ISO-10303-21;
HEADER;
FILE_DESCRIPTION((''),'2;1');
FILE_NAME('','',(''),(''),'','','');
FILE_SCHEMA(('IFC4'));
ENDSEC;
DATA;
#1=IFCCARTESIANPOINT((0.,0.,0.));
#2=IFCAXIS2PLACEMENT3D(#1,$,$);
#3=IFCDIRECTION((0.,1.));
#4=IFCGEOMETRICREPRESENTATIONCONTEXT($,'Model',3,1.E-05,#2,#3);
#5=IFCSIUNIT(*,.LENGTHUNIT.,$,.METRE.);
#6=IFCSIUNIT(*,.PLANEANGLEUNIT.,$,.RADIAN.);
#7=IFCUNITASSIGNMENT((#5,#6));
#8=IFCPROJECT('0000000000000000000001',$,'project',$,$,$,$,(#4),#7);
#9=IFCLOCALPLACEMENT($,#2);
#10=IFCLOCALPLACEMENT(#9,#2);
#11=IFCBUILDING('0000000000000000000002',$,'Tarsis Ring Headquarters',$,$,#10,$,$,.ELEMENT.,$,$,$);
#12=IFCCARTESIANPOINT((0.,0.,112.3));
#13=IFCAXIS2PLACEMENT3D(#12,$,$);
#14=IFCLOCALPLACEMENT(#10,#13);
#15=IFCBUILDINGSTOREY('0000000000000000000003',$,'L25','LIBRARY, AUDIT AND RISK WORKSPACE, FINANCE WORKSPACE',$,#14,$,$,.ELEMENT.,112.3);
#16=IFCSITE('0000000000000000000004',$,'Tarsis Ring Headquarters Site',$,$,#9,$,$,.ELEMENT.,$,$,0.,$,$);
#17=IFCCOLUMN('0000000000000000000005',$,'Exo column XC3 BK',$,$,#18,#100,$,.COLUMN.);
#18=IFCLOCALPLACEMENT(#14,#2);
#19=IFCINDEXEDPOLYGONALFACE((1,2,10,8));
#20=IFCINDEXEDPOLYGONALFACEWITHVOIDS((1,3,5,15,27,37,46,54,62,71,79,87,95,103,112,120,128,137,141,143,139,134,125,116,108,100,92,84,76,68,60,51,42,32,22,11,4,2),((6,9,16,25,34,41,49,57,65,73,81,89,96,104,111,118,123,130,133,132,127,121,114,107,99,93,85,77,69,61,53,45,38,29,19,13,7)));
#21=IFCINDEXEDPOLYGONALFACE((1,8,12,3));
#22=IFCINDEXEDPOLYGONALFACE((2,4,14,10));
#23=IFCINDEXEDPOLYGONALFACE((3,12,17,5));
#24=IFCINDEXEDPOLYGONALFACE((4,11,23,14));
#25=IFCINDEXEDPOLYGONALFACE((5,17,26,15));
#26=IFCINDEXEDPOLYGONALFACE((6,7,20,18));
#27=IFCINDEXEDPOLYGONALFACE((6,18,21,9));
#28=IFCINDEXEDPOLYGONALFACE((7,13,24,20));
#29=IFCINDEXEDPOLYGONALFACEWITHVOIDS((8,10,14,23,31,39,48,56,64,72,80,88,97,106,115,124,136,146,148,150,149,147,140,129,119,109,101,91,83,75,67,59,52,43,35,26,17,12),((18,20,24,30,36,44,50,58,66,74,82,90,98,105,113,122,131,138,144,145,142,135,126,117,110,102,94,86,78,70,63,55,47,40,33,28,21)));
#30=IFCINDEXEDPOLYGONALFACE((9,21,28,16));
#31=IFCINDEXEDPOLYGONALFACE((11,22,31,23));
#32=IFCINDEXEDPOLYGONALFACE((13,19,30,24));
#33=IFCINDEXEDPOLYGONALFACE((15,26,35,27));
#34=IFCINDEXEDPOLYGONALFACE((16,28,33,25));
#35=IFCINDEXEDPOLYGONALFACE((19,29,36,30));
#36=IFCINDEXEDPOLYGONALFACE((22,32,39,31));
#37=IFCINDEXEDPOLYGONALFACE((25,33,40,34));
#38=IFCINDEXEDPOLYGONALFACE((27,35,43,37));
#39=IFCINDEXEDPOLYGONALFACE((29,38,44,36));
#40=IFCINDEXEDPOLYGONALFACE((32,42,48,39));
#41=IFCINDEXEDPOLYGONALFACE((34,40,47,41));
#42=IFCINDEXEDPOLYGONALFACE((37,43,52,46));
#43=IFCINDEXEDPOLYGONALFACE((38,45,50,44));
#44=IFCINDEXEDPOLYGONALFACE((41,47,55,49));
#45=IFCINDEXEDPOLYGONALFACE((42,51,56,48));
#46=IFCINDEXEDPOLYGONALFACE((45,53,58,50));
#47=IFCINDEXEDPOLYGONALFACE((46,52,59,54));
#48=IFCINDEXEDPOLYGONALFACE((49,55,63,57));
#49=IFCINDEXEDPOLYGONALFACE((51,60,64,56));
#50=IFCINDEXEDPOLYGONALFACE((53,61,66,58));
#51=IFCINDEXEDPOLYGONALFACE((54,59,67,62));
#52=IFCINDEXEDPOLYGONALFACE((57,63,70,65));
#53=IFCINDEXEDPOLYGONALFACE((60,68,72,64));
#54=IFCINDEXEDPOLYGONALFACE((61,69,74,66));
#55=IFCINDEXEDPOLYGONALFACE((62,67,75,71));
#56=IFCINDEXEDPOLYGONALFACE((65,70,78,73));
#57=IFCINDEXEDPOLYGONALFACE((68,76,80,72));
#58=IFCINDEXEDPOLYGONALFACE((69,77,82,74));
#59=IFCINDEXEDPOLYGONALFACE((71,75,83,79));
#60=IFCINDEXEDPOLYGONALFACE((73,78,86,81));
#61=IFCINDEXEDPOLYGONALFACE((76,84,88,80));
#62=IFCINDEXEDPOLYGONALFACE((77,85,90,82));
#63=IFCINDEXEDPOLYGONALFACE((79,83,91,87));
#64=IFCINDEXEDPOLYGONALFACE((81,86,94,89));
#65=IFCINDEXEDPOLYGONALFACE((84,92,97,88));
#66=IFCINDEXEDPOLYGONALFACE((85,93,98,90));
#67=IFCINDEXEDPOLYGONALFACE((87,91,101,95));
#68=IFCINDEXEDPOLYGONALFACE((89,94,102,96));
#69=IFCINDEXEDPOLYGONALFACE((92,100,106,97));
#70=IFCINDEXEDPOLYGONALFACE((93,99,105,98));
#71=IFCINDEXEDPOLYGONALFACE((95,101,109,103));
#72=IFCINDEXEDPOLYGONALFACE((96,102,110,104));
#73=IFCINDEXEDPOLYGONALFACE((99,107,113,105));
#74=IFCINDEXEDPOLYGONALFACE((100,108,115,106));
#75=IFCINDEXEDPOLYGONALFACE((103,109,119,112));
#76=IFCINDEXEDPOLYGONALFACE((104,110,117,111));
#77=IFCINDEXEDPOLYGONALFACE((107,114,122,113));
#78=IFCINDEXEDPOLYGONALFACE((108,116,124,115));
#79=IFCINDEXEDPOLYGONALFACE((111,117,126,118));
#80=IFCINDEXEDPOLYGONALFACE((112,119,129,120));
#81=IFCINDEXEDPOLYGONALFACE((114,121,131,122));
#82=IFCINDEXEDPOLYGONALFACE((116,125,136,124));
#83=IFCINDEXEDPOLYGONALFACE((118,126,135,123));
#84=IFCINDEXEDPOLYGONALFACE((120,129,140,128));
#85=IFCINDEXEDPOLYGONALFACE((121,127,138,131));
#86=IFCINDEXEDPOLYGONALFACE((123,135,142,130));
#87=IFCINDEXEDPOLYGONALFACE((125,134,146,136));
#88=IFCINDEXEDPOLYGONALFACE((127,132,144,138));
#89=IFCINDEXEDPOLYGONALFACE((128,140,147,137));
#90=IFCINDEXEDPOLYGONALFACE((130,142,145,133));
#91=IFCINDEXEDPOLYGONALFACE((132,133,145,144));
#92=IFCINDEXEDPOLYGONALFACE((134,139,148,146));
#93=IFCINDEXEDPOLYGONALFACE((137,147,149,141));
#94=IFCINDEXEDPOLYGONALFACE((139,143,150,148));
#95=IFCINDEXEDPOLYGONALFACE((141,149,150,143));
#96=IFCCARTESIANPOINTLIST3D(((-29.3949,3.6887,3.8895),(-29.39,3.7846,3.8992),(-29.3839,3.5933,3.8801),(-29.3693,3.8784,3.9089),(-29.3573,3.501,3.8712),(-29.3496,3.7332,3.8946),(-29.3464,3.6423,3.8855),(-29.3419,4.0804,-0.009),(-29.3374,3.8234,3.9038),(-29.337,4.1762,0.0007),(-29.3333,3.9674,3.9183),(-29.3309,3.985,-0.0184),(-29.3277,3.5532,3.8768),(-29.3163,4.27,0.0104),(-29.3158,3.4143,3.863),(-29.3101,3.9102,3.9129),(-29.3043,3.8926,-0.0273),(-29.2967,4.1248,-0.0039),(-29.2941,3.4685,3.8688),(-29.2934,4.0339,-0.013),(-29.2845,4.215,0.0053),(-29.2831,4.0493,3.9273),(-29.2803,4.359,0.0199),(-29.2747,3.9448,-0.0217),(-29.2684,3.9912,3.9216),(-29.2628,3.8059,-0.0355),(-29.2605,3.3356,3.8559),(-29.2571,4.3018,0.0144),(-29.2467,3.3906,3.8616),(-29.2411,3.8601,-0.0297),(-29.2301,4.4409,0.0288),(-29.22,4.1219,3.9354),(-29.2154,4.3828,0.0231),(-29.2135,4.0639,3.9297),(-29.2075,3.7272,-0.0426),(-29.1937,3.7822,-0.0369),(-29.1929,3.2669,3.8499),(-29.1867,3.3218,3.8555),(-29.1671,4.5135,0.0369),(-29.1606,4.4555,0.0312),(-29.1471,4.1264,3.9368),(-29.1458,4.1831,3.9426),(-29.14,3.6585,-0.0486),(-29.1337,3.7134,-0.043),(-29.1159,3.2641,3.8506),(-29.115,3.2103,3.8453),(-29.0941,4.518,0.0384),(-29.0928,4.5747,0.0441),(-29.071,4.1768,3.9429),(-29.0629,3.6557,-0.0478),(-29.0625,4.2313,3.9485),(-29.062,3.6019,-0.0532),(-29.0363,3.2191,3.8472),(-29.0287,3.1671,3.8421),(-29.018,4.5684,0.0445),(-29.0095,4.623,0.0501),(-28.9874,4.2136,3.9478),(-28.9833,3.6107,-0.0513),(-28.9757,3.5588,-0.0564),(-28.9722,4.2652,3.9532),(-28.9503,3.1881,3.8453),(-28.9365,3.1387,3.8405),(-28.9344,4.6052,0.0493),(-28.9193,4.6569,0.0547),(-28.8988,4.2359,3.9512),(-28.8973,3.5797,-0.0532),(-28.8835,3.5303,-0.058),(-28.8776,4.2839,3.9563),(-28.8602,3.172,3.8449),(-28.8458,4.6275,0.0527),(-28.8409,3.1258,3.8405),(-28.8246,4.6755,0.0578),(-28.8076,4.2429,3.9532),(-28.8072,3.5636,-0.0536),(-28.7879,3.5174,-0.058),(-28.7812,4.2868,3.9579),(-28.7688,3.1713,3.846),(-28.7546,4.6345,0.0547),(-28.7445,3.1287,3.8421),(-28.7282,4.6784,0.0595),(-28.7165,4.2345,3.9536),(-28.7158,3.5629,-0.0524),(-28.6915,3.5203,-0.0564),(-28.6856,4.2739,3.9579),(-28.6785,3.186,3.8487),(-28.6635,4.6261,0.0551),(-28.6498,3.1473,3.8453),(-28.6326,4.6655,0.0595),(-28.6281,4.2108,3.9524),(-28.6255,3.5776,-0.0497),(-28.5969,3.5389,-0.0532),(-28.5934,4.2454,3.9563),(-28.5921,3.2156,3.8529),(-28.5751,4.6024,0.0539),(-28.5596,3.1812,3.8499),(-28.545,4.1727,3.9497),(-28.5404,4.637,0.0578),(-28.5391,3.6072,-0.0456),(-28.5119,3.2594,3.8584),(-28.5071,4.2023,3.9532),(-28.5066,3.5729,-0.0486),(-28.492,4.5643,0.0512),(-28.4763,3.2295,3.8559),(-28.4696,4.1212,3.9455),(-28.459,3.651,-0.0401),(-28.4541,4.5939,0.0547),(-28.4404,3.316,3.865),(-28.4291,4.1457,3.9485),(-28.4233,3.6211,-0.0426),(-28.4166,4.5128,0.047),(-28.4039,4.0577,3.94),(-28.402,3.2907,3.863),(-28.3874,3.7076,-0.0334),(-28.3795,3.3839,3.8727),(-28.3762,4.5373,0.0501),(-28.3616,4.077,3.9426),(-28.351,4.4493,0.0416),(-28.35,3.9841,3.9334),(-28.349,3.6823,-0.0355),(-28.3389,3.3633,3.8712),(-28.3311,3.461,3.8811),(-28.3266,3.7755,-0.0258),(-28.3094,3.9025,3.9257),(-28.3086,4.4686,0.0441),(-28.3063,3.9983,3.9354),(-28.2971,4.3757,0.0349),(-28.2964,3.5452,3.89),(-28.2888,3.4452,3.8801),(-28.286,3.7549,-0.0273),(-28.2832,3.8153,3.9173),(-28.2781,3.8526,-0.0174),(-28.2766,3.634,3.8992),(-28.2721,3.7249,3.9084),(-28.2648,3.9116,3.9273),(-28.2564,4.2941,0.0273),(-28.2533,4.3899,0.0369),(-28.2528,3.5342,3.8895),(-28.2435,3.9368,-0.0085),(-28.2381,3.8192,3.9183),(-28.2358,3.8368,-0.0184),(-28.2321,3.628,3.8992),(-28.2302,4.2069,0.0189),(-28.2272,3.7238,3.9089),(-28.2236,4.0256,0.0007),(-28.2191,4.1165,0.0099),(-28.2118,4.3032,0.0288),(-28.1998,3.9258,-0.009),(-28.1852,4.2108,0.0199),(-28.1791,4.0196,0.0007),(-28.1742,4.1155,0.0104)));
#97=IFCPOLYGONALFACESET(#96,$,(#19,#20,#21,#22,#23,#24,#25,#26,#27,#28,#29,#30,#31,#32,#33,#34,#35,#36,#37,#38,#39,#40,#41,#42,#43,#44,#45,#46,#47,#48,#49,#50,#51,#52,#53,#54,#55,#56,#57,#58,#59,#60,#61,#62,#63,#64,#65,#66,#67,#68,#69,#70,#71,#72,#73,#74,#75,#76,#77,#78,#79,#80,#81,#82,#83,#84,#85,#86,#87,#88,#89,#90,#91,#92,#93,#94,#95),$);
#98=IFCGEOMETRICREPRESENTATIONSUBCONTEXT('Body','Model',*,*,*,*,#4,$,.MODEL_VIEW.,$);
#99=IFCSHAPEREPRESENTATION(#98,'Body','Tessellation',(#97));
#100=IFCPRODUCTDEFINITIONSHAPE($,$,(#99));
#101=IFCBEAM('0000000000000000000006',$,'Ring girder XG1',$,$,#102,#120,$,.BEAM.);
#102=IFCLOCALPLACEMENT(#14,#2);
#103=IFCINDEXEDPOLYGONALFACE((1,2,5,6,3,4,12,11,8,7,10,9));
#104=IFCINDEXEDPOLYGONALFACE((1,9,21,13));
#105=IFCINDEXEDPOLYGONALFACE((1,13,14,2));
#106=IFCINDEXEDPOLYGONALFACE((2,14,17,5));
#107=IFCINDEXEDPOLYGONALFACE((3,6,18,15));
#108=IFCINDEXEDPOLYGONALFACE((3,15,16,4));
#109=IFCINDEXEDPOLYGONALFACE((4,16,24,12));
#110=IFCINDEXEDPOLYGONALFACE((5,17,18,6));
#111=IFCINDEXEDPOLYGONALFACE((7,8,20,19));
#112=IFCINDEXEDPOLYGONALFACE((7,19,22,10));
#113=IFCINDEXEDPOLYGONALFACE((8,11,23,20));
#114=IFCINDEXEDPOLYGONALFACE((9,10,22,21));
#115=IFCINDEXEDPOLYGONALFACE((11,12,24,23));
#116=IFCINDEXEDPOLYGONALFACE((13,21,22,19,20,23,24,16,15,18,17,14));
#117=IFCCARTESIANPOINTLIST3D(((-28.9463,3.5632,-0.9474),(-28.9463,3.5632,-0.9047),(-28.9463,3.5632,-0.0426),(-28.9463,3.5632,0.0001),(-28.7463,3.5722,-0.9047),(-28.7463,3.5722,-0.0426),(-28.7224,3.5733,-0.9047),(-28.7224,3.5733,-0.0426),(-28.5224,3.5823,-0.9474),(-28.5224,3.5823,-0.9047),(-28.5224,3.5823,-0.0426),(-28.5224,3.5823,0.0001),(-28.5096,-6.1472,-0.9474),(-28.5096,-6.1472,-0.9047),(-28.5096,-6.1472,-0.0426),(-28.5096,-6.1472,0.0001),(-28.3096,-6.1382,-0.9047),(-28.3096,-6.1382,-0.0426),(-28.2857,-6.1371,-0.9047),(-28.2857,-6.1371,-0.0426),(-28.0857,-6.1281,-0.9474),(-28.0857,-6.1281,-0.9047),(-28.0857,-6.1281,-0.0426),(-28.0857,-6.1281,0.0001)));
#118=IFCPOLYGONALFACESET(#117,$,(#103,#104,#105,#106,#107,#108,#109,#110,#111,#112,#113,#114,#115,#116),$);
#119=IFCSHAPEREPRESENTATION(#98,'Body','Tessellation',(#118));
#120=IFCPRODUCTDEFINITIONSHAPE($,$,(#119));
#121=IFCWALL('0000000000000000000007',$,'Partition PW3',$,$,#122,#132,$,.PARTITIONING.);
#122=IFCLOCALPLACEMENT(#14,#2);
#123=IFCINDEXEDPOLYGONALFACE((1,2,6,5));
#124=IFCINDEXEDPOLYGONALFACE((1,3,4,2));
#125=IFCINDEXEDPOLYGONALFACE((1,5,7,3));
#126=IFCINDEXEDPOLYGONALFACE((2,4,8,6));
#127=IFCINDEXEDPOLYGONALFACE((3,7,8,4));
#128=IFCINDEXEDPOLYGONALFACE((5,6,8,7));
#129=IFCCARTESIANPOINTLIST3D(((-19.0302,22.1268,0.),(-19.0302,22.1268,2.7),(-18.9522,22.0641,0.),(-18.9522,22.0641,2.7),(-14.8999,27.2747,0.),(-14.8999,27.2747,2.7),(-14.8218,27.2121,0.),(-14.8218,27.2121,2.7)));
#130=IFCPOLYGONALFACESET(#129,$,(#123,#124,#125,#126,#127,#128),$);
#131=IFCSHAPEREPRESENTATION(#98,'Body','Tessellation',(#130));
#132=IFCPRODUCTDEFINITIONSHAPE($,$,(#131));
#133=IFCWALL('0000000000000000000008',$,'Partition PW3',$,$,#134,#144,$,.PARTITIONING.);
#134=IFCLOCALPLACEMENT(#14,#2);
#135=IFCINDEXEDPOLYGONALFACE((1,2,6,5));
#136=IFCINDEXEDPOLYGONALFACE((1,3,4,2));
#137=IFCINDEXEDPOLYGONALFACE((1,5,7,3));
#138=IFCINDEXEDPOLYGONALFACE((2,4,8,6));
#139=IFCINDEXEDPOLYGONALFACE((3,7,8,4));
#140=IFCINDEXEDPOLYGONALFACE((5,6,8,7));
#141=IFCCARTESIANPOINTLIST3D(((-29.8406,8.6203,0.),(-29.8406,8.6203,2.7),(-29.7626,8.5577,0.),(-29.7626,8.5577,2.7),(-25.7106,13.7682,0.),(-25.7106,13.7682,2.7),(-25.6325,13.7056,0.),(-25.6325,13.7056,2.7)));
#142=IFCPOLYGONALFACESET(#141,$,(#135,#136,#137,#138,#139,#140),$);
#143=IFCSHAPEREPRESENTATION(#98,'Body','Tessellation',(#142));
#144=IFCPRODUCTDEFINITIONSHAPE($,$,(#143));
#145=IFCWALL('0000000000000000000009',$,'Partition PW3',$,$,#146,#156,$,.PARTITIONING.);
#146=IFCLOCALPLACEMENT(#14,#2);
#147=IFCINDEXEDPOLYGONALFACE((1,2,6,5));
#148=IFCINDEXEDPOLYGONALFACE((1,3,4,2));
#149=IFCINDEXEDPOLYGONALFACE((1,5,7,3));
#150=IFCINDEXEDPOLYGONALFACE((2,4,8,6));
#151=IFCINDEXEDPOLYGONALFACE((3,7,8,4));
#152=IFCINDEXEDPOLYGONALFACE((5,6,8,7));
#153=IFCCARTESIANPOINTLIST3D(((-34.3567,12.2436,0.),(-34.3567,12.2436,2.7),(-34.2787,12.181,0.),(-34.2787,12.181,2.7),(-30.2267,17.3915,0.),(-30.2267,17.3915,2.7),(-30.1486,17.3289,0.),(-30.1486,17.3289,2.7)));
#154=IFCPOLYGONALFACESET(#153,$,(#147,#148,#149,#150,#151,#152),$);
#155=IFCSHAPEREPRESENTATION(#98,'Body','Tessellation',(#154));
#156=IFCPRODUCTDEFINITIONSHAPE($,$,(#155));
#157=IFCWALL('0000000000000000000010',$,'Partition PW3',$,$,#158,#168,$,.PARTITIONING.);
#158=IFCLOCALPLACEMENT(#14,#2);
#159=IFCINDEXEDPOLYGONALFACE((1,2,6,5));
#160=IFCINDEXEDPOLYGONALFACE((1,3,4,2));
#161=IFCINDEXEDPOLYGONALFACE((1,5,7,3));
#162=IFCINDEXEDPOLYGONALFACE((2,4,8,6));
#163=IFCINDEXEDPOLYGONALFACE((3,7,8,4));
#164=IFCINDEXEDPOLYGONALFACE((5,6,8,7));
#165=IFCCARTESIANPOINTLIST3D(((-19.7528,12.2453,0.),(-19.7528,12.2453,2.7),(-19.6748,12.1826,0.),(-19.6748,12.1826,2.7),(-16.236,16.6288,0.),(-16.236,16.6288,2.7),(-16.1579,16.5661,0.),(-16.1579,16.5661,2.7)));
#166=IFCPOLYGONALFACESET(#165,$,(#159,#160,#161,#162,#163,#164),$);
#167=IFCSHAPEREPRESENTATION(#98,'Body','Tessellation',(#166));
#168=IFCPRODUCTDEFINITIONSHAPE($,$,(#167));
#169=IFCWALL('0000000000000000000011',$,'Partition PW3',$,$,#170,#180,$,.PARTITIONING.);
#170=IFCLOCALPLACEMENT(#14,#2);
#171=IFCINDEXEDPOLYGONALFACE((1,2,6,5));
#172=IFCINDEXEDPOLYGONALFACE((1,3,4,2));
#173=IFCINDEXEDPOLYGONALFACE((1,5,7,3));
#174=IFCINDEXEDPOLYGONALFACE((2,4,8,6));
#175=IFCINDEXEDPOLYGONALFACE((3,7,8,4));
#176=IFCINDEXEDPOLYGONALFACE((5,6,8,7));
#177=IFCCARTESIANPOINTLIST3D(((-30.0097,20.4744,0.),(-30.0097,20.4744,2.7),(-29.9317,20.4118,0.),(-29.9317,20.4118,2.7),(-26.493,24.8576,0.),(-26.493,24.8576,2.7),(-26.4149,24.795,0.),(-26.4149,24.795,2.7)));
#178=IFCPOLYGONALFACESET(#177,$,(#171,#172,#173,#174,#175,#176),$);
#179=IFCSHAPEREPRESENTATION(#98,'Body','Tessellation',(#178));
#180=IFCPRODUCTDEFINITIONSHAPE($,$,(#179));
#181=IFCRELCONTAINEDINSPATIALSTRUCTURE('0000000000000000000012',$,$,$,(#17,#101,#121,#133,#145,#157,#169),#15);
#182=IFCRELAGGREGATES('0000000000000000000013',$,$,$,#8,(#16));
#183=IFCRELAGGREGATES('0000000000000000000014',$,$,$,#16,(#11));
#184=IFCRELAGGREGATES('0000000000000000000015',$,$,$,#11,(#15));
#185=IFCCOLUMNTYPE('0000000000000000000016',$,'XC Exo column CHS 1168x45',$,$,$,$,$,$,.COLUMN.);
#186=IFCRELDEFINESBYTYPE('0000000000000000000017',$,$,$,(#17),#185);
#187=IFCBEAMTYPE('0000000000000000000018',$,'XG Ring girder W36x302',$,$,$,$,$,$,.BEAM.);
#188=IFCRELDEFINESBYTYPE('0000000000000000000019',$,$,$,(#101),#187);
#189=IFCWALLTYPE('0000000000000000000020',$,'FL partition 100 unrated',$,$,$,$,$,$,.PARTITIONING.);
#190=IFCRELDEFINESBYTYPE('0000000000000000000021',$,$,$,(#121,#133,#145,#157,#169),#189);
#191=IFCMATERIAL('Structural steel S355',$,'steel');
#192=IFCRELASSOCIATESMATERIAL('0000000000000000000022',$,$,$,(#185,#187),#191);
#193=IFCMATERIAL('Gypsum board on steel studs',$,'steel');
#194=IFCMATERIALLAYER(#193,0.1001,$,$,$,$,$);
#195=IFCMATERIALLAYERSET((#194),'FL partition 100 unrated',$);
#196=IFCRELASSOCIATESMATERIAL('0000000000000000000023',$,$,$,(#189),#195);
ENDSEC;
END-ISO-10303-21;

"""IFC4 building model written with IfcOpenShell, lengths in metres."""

from ifc_helpers import new_model, si_unit, direction, frame, frame_2d, origin, origin_2d, place, context, subcontext, project, spatial, rectangle, hollow_circle, i_section, extrude, material, layer, layer_set, material_profile, profile_set, type_object, element, save


model = new_model("IFC4")

# Units and contexts
model_context = context("Model", 3, precision=1e-05, world=origin(), true_north=direction((0.0, 1.0)))
body_context = subcontext(model_context, "Body", "Model", "MODEL_VIEW")
ifc_project = project(units=[si_unit("LENGTHUNIT", "METRE"), si_unit("PLANEANGLEUNIT", "RADIAN")], contexts=[model_context])

# Site, building, storey
site_placement = place(None, origin())
site = spatial("IfcSite", under=ifc_project, at=site_placement, Name="Tarsis Ring Headquarters Site", CompositionType="ELEMENT", RefElevation=0.0)
building_placement = place(site_placement, origin())
building = spatial("IfcBuilding", under=site, at=building_placement, Name="Tarsis Ring Headquarters", CompositionType="ELEMENT")
storey_placement = place(building_placement, frame((0.0, 0.0, 112.3)))
storey = spatial("IfcBuildingStorey", under=building, at=storey_placement, Name="L25", Description="LIBRARY, AUDIT AND RISK WORKSPACE, FINANCE WORKSPACE", CompositionType="ELEMENT", Elevation=112.3)

# Column
ifc_material_1 = material(Name="Structural steel S355", Category="steel")
ifc_material_profile_1 = material_profile(ifc_material_1, hollow_circle(Radius=0.5842, WallThickness=0.0449, at=origin_2d()), Name="CHS 1168x45")
ifc_profile_set_1 = profile_set([ifc_material_profile_1], Name="Structural steel S355")
column_type = type_object("IfcColumnType", Name="XC Exo column CHS 1168x45", PredefinedType="COLUMN", material=ifc_profile_set_1)
column_placement = place(storey_placement, frame((-28.7581, 4.0979, 0.0007), z_axis=(-0.01352, -0.099939, 0.994902), x_axis=(0.990972, -0.134065, 0.0)))
element("IfcColumn", 1, at=column_placement, inside=storey, type_object=column_type, Name="Exo column XC3 BK", PredefinedType="COLUMN", context=body_context, shape_type="SweptSolid", body=[
    extrude(hollow_circle(Radius=0.5842, WallThickness=0.0449, at=origin_2d()), origin(), (0.0, 0.0, 1.0), 3.9185),
])

# Beam
ifc_material_profile_2 = material_profile(ifc_material_1, i_section(OverallWidth=0.4243, OverallDepth=0.9475, WebThickness=0.0239, FlangeThickness=0.0427, at=origin_2d()), Name="W36x302")
ifc_profile_set_2 = profile_set([ifc_material_profile_2], Name="Structural steel S355")
beam_type = type_object("IfcBeamType", Name="XG Ring girder W36x302", PredefinedType="BEAM", material=ifc_profile_set_2)
beam_placement = place(storey_placement, frame((-28.7344, 3.5728, -0.4736), z_axis=(0.044934, -0.99899, 0.0), x_axis=(0.99899, 0.044934, 0.0)))
element("IfcBeam", 2, at=beam_placement, inside=storey, type_object=beam_type, Name="Ring girder XG1", PredefinedType="BEAM", context=body_context, shape_type="SweptSolid", body=[
    extrude(i_section(OverallWidth=0.4243, OverallDepth=0.9475, WebThickness=0.0239, FlangeThickness=0.0427, at=origin_2d()), origin(), (0.0, 0.0, 1.0), 9.7202),
])

# Walls
ifc_material_2 = material(Name="Gypsum board on steel studs", Category="steel")
ifc_layer_1 = layer(ifc_material_2, 0.1001)
ifc_layer_set_1 = layer_set([ifc_layer_1], Name="FL partition 100 unrated")
wall_type_1 = type_object("IfcWallType", Name="FL partition 100 unrated", PredefinedType="PARTITIONING", material=ifc_layer_set_1)
wall_1_placement = place(storey_placement, frame((-18.9912, 22.0955, 0.0), z_axis=(0.0, 0.0, 1.0), x_axis=(0.625804, 0.77998, 0.0)))
element("IfcWall", 3, at=wall_1_placement, inside=storey, type_object=wall_type_1, Name="Partition PW3", PredefinedType="PARTITIONING", context=body_context, shape_type="SweptSolid", body=[
    extrude(rectangle(XDim=6.6001, YDim=0.1001, at=frame_2d((3.3, 0.0))), origin(), (0.0, 0.0, 1.0), 2.7),
])
for number, where, z_axis, x_axis, name in (
    (4, (-29.8015, 8.5891, 0.0), (0.0, 0.0, 1.0), (0.625782, 0.779998, 0.0), "Partition PW3"),
    (5, (-34.3176, 12.2124, 0.0), (0.0, 0.0, 1.0), (0.625782, 0.779998, 0.0), "Partition PW3"),
):
    element("IfcWall", number, at=place(storey_placement, frame(where, z_axis=z_axis, x_axis=x_axis)), inside=storey, type_object=wall_type_1, Name=name, PredefinedType="PARTITIONING", context=body_context, shape_type="SweptSolid", body=[
        extrude(rectangle(XDim=6.5999, YDim=0.1001, at=frame_2d((3.2998, 0.0))), origin(), (0.0, 0.0, 1.0), 2.7),
    ])
wall_2_placement = place(storey_placement, frame((-19.7139, 12.2139, 0.0), z_axis=(0.0, 0.0, 1.0), x_axis=(0.62578, 0.779999, 0.0)))
element("IfcWall", 6, at=wall_2_placement, inside=storey, type_object=wall_type_1, Name="Partition PW3", PredefinedType="PARTITIONING", context=body_context, shape_type="SweptSolid", body=[
    extrude(rectangle(XDim=5.6199, YDim=0.1001, at=frame_2d((2.8101, 0.0))), origin(), (0.0, 0.0, 1.0), 2.7),
])
wall_3_placement = place(storey_placement, frame((-29.9707, 20.4431, 0.0), z_axis=(0.0, 0.0, 1.0), x_axis=(0.625802, 0.779982, 0.0)))
element("IfcWall", 7, at=wall_3_placement, inside=storey, type_object=wall_type_1, Name="Partition PW3", PredefinedType="PARTITIONING", context=body_context, shape_type="SweptSolid", body=[
    extrude(rectangle(XDim=5.6196, YDim=0.1001, at=frame_2d((2.8098, 0.0))), origin(), (0.0, 0.0, 1.0), 2.7),
])

save(model, "model.ifc")
